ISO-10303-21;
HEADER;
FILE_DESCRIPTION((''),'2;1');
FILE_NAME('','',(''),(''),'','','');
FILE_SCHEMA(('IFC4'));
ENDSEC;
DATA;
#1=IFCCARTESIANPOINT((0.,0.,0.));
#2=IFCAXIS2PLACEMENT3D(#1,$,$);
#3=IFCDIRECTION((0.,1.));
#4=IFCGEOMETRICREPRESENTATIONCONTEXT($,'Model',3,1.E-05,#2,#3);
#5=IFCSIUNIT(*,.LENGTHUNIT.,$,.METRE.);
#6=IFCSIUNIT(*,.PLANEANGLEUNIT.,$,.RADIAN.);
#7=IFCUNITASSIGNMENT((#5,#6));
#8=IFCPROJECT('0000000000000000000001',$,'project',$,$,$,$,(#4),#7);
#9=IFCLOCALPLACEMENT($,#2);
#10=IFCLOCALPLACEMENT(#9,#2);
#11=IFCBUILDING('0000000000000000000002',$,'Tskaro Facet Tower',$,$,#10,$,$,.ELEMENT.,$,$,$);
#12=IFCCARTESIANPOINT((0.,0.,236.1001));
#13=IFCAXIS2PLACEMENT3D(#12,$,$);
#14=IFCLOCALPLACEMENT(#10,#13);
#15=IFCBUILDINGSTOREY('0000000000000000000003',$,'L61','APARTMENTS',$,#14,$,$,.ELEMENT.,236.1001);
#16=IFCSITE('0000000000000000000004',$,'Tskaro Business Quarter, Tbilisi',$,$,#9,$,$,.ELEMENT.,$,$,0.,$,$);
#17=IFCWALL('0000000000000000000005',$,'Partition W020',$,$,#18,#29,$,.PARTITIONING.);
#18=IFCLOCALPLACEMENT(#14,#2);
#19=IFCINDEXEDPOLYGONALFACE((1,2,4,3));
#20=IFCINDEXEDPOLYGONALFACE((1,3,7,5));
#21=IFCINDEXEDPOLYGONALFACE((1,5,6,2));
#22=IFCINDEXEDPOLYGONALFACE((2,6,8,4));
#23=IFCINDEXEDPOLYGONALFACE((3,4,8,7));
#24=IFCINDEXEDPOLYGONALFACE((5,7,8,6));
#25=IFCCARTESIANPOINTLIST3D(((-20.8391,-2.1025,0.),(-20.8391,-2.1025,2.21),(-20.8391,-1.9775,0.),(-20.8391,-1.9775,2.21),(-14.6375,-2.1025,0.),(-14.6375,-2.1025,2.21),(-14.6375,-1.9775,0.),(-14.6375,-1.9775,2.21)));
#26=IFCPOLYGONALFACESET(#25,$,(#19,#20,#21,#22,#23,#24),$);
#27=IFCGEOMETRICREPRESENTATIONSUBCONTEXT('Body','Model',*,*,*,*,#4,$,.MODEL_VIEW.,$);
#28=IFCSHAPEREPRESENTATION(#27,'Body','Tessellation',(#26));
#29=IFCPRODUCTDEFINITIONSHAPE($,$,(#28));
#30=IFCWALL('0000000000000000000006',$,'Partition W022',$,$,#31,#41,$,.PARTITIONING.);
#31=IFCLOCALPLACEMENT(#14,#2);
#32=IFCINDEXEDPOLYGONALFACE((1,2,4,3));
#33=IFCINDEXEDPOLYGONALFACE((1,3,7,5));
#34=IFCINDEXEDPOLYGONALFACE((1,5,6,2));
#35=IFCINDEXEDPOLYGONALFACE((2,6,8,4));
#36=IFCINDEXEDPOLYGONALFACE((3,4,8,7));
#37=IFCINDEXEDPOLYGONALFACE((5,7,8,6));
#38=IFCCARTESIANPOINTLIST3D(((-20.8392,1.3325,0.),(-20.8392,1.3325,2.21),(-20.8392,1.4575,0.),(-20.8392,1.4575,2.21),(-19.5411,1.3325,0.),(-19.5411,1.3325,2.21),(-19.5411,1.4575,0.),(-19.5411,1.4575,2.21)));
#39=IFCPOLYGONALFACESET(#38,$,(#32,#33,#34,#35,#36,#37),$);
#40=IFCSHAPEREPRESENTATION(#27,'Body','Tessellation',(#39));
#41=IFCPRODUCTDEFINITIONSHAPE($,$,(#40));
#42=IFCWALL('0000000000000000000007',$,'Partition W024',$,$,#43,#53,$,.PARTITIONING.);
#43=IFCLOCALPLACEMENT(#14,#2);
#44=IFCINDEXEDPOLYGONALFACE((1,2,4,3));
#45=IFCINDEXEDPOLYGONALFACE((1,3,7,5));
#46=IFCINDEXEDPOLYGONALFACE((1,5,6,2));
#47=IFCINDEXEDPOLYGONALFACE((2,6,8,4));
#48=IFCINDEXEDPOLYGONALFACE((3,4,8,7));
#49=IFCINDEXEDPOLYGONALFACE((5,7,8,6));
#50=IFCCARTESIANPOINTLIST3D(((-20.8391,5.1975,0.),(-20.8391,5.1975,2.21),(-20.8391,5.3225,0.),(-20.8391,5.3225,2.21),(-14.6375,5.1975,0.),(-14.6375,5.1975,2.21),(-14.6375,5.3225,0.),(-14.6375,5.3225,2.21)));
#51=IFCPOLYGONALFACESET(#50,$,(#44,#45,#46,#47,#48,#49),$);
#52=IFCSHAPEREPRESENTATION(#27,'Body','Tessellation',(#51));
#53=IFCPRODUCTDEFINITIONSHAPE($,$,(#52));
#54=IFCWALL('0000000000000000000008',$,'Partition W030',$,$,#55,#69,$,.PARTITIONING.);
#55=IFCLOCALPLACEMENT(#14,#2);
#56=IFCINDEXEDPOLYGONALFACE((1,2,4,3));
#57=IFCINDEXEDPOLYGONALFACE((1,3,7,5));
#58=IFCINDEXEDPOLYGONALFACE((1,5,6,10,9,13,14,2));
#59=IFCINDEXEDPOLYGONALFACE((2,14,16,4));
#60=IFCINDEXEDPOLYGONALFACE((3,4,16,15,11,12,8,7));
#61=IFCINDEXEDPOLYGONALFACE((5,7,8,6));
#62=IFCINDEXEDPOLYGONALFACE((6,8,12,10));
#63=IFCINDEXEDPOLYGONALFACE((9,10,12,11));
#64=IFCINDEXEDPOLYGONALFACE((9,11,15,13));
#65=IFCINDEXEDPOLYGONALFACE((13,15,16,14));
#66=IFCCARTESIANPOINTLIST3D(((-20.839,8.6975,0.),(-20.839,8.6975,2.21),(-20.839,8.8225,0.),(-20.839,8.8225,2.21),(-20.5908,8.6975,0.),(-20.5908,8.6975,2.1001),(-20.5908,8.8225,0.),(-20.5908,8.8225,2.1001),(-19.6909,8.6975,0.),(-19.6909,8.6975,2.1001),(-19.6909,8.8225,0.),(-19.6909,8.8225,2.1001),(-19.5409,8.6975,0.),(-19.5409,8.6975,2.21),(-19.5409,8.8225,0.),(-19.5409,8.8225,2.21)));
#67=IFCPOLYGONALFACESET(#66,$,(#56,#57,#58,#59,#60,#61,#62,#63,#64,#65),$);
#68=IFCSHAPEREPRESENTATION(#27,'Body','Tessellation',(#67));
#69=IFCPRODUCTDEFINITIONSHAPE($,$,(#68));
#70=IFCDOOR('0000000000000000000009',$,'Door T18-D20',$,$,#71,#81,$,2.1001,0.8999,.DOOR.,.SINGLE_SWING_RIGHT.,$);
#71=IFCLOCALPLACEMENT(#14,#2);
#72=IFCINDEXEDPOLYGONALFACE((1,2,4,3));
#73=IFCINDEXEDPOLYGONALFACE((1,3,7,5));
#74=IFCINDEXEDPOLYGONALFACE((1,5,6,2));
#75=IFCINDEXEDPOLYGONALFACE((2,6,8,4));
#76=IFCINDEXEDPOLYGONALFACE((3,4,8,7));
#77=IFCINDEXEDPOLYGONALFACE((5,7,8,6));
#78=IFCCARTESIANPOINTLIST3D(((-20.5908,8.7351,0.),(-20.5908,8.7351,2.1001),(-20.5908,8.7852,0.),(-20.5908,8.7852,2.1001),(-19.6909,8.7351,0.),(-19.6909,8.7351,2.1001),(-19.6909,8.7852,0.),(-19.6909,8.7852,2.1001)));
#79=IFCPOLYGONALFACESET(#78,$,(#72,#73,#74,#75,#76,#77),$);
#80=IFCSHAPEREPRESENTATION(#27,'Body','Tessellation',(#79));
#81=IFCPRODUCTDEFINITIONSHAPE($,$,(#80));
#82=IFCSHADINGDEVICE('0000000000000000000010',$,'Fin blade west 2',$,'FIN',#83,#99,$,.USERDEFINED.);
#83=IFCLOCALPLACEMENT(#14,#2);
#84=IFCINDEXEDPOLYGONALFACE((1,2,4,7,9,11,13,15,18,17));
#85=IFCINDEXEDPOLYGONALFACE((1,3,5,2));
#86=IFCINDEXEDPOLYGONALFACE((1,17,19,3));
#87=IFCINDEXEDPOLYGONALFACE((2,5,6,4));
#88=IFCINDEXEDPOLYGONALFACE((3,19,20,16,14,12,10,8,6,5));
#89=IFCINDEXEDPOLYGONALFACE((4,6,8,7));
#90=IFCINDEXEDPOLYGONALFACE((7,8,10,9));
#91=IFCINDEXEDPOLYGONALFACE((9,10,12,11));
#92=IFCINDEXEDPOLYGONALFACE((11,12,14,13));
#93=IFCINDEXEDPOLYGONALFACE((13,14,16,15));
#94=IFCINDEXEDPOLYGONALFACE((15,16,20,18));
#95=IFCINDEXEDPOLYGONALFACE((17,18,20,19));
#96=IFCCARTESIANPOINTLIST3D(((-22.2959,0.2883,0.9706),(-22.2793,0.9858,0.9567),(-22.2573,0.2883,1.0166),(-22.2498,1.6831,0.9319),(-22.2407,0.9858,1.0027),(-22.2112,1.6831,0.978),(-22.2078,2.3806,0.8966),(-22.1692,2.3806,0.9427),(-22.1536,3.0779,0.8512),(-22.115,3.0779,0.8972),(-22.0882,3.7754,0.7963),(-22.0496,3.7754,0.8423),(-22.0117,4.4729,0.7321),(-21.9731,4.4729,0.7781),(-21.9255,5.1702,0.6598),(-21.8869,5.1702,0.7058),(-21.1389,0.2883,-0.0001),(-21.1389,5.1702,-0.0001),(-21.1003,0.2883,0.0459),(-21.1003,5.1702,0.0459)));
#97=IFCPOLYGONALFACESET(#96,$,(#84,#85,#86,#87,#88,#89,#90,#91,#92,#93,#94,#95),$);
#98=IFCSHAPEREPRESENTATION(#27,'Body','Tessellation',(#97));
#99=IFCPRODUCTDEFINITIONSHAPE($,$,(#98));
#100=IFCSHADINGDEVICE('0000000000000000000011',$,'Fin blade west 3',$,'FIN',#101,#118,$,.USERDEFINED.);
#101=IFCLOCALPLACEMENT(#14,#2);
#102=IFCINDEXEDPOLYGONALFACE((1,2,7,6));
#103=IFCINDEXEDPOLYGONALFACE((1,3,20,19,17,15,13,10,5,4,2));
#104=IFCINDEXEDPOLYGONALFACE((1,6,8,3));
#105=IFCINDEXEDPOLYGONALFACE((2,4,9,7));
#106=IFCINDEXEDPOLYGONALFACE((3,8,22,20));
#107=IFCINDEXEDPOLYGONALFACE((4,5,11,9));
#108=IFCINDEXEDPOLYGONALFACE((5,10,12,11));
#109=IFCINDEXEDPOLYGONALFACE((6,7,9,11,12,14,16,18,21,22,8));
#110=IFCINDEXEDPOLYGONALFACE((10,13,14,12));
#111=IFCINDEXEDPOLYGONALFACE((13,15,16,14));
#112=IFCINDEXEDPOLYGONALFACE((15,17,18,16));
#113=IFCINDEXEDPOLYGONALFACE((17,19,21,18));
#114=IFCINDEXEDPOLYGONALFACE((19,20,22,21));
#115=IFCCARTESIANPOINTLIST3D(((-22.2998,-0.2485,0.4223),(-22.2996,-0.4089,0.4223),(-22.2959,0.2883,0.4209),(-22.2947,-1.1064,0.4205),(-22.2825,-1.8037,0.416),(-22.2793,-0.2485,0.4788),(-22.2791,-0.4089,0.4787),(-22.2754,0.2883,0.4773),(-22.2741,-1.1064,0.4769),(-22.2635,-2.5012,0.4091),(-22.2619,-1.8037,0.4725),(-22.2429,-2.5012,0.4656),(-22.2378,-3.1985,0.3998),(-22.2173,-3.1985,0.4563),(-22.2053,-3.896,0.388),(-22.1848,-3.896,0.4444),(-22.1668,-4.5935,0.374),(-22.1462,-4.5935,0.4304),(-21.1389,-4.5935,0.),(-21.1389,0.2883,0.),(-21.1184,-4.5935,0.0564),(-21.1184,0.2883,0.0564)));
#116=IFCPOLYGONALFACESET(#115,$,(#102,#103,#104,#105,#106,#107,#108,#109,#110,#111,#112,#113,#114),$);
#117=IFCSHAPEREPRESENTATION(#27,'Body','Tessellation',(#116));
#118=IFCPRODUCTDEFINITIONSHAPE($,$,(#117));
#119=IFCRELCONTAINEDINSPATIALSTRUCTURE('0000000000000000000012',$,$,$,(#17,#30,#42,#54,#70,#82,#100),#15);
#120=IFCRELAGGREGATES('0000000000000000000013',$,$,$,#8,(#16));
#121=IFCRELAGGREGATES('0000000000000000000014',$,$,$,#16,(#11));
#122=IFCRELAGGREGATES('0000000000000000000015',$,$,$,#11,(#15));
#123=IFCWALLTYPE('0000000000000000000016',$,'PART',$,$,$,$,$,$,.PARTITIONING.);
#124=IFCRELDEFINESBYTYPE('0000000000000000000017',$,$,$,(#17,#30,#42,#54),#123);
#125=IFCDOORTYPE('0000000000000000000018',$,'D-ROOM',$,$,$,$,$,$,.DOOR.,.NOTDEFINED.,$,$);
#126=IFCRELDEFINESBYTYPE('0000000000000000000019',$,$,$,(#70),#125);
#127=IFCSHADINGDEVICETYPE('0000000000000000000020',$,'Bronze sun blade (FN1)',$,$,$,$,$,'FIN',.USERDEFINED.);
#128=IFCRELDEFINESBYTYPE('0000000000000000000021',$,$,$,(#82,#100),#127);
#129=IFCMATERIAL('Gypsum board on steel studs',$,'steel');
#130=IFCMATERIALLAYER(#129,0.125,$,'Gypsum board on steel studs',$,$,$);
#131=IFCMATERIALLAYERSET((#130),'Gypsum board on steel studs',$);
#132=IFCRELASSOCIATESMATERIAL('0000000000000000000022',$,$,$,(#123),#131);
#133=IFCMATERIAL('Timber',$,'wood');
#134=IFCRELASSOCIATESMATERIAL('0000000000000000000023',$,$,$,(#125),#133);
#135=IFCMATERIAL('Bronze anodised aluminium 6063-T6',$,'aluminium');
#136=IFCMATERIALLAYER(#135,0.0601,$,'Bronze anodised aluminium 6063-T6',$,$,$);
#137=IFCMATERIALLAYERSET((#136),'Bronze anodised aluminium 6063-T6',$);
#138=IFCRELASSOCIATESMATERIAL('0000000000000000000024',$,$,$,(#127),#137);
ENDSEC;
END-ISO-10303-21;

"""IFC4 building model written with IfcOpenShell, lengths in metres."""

from ifc_helpers import new_model, si_unit, direction, frame, frame_2d, origin, place, context, subcontext, project, spatial, polyline, rectangle, outline, extrude, material, layer, layer_set, type_object, element, fill, save


model = new_model("IFC4")

# Units and contexts
model_context = context("Model", 3, precision=1e-05, world=origin(), true_north=direction((0.0, 1.0)))
body_context = subcontext(model_context, "Body", "Model", "MODEL_VIEW")
ifc_project = project(units=[si_unit("LENGTHUNIT", "METRE"), si_unit("PLANEANGLEUNIT", "RADIAN")], contexts=[model_context])

# Site, building, storey
site_placement = place(None, origin())
site = spatial("IfcSite", under=ifc_project, at=site_placement, Name="Tskaro Business Quarter, Tbilisi", CompositionType="ELEMENT", RefElevation=0.0)
building_placement = place(site_placement, origin())
building = spatial("IfcBuilding", under=site, at=building_placement, Name="Tskaro Facet Tower", CompositionType="ELEMENT")
storey_placement = place(building_placement, frame((0.0, 0.0, 236.1001)))
storey = spatial("IfcBuildingStorey", under=building, at=storey_placement, Name="L61", Description="APARTMENTS", CompositionType="ELEMENT", Elevation=236.1001)

# Shared definitions
ifc_material_1 = material(Name="Bronze anodised aluminium 6063-T6", Category="aluminium")

# Walls
ifc_material_2 = material(Name="Gypsum board on steel studs", Category="steel")
ifc_layer_1 = layer(ifc_material_2, 0.125, Name="Gypsum board on steel studs")
ifc_layer_set_1 = layer_set([ifc_layer_1], Name="Gypsum board on steel studs")
wall_type = type_object("IfcWallType", Name="PART", PredefinedType="PARTITIONING", material=ifc_layer_set_1)
wall_1_placement = place(storey_placement, frame((-20.8391, -2.04, 0.0), z_axis=(0.0, 0.0, 1.0), x_axis=(1.0, 0.0, 0.0)))
element("IfcWall", 1, at=wall_1_placement, inside=storey, type_object=wall_type, Name="Partition W020", PredefinedType="PARTITIONING", context=body_context, shape_type="SweptSolid", body=[
    extrude(rectangle(XDim=6.2017, YDim=0.125, at=frame_2d((3.1008, 0.0))), origin(), (0.0, 0.0, 1.0), 2.21),
])
wall_2_placement = place(storey_placement, frame((-20.8391, 1.395, 0.0), z_axis=(0.0, 0.0, 1.0), x_axis=(1.0, 0.0, 0.0)))
element("IfcWall", 2, at=wall_2_placement, inside=storey, type_object=wall_type, Name="Partition W022", PredefinedType="PARTITIONING", context=body_context, shape_type="SweptSolid", body=[
    extrude(rectangle(XDim=1.2981, YDim=0.125, at=frame_2d((0.6489, 0.0))), origin(), (0.0, 0.0, 1.0), 2.21),
])
wall_3_placement = place(storey_placement, frame((-20.8391, 5.26, 0.0), z_axis=(0.0, 0.0, 1.0), x_axis=(1.0, 0.0, 0.0)))
element("IfcWall", 3, at=wall_3_placement, inside=storey, type_object=wall_type, Name="Partition W024", PredefinedType="PARTITIONING", context=body_context, shape_type="SweptSolid", body=[
    extrude(rectangle(XDim=6.2017, YDim=0.125, at=frame_2d((3.1008, 0.0))), origin(), (0.0, 0.0, 1.0), 2.21),
])

# Wall, opening, door
wall_4_placement = place(storey_placement, frame((-19.541, 8.76, 0.0), z_axis=(0.0, 0.0, 1.0), x_axis=(-1.0, 0.0, 0.0)))
wall_4 = element("IfcWall", 4, at=wall_4_placement, inside=storey, type_object=wall_type, Name="Partition W030", PredefinedType="PARTITIONING", context=body_context, shape_type="SweptSolid", body=[
    extrude(rectangle(XDim=1.2981, YDim=0.125, at=frame_2d((0.6489, 0.0))), origin(), (0.0, 0.0, 1.0), 2.21),
])
opening_placement = place(wall_4_placement, frame((0.1499, 0.0, 0.0)))
opening = element("IfcOpeningElement", 5, at=opening_placement, cuts=wall_4, PredefinedType="OPENING", context=body_context, shape_type="SweptSolid", body=[
    extrude(rectangle(XDim=0.8999, YDim=2.1001, at=frame_2d((0.45, 1.05))), frame((0.0, 0.0725, 0.0), z_axis=(0.0, -1.0, 0.0), x_axis=(1.0, 0.0, 0.0)), (0.0, 0.0, 1.0), 0.145),
])
ifc_material_3 = material(Name="Timber", Category="wood")
door_type = type_object("IfcDoorType", Name="D-ROOM", OperationType="NOTDEFINED", PredefinedType="DOOR", material=ifc_material_3)
door_placement = place(opening_placement, origin())
door = element("IfcDoor", 6, at=door_placement, inside=storey, type_object=door_type, Name="Door T18-D20", OperationType="SINGLE_SWING_RIGHT", OverallHeight=2.1001, OverallWidth=0.8999, PredefinedType="DOOR", context=body_context, shape_type="SweptSolid", body=[
    extrude(rectangle(XDim=0.8999, YDim=2.1001, at=frame_2d((0.45, 1.05))), frame((0.0, 0.0249, 0.0), z_axis=(0.0, -1.0, 0.0), x_axis=(1.0, 0.0, 0.0)), (0.0, 0.0, 1.0), 0.05),
])
fill(opening, door)

# Shading devices
ifc_layer_2 = layer(ifc_material_1, 0.0601, Name="Bronze anodised aluminium 6063-T6")
ifc_layer_set_2 = layer_set([ifc_layer_2], Name="Bronze anodised aluminium 6063-T6")
shading_device_type = type_object("IfcShadingDeviceType", Name="Bronze sun blade (FN1)", ElementType="FIN", PredefinedType="USERDEFINED", material=ifc_layer_set_2)
shading_device_1_placement = place(storey_placement, frame((-21.1003, 5.1702, 0.0459), z_axis=(0.642742, 0.000004, 0.766083), x_axis=(0.000003, -1.0, 0.000003)))
element("IfcShadingDevice", 7, at=shading_device_1_placement, inside=storey, type_object=shading_device_type, Name="Fin blade west 2", ObjectType="FIN", PredefinedType="USERDEFINED", context=body_context, shape_type="SweptSolid", body=[
    extrude(outline(polyline([(0.0, 0.0), (4.8818, 0.0), (4.8818, -1.5103), (4.1843, -1.4886), (3.4871, -1.4501), (2.7896, -1.3952), (2.0923, -1.3245), (1.3948, -1.2391), (0.6973, -1.1392), (0.0, -1.0268), (0.0, 0.0)])), origin(), (0.0, 0.0, -1.0), 0.0601),
])
shading_device_2_placement = place(storey_placement, frame((-21.1184, 0.2883, 0.0564), z_axis=(0.341907, 0.000011, 0.939734), x_axis=(0.000004, -1.0, 0.00001)))
element("IfcShadingDevice", 8, at=shading_device_2_placement, inside=storey, type_object=shading_device_type, Name="Fin blade west 3", ObjectType="FIN", PredefinedType="USERDEFINED", context=body_context, shape_type="SweptSolid", body=[
    extrude(outline(polyline([(0.0, 0.0), (4.8818, 0.0), (4.8818, -1.0938), (4.1843, -1.1348), (3.4868, -1.1694), (2.7896, -1.1966), (2.092, -1.2169), (1.3948, -1.2298), (0.6973, -1.2351), (0.5369, -1.2353), (0.0, -1.2312), (0.0, 0.0)])), origin(), (0.0, 0.0, -1.0), 0.0601),
])

save(model, "model.ifc")
